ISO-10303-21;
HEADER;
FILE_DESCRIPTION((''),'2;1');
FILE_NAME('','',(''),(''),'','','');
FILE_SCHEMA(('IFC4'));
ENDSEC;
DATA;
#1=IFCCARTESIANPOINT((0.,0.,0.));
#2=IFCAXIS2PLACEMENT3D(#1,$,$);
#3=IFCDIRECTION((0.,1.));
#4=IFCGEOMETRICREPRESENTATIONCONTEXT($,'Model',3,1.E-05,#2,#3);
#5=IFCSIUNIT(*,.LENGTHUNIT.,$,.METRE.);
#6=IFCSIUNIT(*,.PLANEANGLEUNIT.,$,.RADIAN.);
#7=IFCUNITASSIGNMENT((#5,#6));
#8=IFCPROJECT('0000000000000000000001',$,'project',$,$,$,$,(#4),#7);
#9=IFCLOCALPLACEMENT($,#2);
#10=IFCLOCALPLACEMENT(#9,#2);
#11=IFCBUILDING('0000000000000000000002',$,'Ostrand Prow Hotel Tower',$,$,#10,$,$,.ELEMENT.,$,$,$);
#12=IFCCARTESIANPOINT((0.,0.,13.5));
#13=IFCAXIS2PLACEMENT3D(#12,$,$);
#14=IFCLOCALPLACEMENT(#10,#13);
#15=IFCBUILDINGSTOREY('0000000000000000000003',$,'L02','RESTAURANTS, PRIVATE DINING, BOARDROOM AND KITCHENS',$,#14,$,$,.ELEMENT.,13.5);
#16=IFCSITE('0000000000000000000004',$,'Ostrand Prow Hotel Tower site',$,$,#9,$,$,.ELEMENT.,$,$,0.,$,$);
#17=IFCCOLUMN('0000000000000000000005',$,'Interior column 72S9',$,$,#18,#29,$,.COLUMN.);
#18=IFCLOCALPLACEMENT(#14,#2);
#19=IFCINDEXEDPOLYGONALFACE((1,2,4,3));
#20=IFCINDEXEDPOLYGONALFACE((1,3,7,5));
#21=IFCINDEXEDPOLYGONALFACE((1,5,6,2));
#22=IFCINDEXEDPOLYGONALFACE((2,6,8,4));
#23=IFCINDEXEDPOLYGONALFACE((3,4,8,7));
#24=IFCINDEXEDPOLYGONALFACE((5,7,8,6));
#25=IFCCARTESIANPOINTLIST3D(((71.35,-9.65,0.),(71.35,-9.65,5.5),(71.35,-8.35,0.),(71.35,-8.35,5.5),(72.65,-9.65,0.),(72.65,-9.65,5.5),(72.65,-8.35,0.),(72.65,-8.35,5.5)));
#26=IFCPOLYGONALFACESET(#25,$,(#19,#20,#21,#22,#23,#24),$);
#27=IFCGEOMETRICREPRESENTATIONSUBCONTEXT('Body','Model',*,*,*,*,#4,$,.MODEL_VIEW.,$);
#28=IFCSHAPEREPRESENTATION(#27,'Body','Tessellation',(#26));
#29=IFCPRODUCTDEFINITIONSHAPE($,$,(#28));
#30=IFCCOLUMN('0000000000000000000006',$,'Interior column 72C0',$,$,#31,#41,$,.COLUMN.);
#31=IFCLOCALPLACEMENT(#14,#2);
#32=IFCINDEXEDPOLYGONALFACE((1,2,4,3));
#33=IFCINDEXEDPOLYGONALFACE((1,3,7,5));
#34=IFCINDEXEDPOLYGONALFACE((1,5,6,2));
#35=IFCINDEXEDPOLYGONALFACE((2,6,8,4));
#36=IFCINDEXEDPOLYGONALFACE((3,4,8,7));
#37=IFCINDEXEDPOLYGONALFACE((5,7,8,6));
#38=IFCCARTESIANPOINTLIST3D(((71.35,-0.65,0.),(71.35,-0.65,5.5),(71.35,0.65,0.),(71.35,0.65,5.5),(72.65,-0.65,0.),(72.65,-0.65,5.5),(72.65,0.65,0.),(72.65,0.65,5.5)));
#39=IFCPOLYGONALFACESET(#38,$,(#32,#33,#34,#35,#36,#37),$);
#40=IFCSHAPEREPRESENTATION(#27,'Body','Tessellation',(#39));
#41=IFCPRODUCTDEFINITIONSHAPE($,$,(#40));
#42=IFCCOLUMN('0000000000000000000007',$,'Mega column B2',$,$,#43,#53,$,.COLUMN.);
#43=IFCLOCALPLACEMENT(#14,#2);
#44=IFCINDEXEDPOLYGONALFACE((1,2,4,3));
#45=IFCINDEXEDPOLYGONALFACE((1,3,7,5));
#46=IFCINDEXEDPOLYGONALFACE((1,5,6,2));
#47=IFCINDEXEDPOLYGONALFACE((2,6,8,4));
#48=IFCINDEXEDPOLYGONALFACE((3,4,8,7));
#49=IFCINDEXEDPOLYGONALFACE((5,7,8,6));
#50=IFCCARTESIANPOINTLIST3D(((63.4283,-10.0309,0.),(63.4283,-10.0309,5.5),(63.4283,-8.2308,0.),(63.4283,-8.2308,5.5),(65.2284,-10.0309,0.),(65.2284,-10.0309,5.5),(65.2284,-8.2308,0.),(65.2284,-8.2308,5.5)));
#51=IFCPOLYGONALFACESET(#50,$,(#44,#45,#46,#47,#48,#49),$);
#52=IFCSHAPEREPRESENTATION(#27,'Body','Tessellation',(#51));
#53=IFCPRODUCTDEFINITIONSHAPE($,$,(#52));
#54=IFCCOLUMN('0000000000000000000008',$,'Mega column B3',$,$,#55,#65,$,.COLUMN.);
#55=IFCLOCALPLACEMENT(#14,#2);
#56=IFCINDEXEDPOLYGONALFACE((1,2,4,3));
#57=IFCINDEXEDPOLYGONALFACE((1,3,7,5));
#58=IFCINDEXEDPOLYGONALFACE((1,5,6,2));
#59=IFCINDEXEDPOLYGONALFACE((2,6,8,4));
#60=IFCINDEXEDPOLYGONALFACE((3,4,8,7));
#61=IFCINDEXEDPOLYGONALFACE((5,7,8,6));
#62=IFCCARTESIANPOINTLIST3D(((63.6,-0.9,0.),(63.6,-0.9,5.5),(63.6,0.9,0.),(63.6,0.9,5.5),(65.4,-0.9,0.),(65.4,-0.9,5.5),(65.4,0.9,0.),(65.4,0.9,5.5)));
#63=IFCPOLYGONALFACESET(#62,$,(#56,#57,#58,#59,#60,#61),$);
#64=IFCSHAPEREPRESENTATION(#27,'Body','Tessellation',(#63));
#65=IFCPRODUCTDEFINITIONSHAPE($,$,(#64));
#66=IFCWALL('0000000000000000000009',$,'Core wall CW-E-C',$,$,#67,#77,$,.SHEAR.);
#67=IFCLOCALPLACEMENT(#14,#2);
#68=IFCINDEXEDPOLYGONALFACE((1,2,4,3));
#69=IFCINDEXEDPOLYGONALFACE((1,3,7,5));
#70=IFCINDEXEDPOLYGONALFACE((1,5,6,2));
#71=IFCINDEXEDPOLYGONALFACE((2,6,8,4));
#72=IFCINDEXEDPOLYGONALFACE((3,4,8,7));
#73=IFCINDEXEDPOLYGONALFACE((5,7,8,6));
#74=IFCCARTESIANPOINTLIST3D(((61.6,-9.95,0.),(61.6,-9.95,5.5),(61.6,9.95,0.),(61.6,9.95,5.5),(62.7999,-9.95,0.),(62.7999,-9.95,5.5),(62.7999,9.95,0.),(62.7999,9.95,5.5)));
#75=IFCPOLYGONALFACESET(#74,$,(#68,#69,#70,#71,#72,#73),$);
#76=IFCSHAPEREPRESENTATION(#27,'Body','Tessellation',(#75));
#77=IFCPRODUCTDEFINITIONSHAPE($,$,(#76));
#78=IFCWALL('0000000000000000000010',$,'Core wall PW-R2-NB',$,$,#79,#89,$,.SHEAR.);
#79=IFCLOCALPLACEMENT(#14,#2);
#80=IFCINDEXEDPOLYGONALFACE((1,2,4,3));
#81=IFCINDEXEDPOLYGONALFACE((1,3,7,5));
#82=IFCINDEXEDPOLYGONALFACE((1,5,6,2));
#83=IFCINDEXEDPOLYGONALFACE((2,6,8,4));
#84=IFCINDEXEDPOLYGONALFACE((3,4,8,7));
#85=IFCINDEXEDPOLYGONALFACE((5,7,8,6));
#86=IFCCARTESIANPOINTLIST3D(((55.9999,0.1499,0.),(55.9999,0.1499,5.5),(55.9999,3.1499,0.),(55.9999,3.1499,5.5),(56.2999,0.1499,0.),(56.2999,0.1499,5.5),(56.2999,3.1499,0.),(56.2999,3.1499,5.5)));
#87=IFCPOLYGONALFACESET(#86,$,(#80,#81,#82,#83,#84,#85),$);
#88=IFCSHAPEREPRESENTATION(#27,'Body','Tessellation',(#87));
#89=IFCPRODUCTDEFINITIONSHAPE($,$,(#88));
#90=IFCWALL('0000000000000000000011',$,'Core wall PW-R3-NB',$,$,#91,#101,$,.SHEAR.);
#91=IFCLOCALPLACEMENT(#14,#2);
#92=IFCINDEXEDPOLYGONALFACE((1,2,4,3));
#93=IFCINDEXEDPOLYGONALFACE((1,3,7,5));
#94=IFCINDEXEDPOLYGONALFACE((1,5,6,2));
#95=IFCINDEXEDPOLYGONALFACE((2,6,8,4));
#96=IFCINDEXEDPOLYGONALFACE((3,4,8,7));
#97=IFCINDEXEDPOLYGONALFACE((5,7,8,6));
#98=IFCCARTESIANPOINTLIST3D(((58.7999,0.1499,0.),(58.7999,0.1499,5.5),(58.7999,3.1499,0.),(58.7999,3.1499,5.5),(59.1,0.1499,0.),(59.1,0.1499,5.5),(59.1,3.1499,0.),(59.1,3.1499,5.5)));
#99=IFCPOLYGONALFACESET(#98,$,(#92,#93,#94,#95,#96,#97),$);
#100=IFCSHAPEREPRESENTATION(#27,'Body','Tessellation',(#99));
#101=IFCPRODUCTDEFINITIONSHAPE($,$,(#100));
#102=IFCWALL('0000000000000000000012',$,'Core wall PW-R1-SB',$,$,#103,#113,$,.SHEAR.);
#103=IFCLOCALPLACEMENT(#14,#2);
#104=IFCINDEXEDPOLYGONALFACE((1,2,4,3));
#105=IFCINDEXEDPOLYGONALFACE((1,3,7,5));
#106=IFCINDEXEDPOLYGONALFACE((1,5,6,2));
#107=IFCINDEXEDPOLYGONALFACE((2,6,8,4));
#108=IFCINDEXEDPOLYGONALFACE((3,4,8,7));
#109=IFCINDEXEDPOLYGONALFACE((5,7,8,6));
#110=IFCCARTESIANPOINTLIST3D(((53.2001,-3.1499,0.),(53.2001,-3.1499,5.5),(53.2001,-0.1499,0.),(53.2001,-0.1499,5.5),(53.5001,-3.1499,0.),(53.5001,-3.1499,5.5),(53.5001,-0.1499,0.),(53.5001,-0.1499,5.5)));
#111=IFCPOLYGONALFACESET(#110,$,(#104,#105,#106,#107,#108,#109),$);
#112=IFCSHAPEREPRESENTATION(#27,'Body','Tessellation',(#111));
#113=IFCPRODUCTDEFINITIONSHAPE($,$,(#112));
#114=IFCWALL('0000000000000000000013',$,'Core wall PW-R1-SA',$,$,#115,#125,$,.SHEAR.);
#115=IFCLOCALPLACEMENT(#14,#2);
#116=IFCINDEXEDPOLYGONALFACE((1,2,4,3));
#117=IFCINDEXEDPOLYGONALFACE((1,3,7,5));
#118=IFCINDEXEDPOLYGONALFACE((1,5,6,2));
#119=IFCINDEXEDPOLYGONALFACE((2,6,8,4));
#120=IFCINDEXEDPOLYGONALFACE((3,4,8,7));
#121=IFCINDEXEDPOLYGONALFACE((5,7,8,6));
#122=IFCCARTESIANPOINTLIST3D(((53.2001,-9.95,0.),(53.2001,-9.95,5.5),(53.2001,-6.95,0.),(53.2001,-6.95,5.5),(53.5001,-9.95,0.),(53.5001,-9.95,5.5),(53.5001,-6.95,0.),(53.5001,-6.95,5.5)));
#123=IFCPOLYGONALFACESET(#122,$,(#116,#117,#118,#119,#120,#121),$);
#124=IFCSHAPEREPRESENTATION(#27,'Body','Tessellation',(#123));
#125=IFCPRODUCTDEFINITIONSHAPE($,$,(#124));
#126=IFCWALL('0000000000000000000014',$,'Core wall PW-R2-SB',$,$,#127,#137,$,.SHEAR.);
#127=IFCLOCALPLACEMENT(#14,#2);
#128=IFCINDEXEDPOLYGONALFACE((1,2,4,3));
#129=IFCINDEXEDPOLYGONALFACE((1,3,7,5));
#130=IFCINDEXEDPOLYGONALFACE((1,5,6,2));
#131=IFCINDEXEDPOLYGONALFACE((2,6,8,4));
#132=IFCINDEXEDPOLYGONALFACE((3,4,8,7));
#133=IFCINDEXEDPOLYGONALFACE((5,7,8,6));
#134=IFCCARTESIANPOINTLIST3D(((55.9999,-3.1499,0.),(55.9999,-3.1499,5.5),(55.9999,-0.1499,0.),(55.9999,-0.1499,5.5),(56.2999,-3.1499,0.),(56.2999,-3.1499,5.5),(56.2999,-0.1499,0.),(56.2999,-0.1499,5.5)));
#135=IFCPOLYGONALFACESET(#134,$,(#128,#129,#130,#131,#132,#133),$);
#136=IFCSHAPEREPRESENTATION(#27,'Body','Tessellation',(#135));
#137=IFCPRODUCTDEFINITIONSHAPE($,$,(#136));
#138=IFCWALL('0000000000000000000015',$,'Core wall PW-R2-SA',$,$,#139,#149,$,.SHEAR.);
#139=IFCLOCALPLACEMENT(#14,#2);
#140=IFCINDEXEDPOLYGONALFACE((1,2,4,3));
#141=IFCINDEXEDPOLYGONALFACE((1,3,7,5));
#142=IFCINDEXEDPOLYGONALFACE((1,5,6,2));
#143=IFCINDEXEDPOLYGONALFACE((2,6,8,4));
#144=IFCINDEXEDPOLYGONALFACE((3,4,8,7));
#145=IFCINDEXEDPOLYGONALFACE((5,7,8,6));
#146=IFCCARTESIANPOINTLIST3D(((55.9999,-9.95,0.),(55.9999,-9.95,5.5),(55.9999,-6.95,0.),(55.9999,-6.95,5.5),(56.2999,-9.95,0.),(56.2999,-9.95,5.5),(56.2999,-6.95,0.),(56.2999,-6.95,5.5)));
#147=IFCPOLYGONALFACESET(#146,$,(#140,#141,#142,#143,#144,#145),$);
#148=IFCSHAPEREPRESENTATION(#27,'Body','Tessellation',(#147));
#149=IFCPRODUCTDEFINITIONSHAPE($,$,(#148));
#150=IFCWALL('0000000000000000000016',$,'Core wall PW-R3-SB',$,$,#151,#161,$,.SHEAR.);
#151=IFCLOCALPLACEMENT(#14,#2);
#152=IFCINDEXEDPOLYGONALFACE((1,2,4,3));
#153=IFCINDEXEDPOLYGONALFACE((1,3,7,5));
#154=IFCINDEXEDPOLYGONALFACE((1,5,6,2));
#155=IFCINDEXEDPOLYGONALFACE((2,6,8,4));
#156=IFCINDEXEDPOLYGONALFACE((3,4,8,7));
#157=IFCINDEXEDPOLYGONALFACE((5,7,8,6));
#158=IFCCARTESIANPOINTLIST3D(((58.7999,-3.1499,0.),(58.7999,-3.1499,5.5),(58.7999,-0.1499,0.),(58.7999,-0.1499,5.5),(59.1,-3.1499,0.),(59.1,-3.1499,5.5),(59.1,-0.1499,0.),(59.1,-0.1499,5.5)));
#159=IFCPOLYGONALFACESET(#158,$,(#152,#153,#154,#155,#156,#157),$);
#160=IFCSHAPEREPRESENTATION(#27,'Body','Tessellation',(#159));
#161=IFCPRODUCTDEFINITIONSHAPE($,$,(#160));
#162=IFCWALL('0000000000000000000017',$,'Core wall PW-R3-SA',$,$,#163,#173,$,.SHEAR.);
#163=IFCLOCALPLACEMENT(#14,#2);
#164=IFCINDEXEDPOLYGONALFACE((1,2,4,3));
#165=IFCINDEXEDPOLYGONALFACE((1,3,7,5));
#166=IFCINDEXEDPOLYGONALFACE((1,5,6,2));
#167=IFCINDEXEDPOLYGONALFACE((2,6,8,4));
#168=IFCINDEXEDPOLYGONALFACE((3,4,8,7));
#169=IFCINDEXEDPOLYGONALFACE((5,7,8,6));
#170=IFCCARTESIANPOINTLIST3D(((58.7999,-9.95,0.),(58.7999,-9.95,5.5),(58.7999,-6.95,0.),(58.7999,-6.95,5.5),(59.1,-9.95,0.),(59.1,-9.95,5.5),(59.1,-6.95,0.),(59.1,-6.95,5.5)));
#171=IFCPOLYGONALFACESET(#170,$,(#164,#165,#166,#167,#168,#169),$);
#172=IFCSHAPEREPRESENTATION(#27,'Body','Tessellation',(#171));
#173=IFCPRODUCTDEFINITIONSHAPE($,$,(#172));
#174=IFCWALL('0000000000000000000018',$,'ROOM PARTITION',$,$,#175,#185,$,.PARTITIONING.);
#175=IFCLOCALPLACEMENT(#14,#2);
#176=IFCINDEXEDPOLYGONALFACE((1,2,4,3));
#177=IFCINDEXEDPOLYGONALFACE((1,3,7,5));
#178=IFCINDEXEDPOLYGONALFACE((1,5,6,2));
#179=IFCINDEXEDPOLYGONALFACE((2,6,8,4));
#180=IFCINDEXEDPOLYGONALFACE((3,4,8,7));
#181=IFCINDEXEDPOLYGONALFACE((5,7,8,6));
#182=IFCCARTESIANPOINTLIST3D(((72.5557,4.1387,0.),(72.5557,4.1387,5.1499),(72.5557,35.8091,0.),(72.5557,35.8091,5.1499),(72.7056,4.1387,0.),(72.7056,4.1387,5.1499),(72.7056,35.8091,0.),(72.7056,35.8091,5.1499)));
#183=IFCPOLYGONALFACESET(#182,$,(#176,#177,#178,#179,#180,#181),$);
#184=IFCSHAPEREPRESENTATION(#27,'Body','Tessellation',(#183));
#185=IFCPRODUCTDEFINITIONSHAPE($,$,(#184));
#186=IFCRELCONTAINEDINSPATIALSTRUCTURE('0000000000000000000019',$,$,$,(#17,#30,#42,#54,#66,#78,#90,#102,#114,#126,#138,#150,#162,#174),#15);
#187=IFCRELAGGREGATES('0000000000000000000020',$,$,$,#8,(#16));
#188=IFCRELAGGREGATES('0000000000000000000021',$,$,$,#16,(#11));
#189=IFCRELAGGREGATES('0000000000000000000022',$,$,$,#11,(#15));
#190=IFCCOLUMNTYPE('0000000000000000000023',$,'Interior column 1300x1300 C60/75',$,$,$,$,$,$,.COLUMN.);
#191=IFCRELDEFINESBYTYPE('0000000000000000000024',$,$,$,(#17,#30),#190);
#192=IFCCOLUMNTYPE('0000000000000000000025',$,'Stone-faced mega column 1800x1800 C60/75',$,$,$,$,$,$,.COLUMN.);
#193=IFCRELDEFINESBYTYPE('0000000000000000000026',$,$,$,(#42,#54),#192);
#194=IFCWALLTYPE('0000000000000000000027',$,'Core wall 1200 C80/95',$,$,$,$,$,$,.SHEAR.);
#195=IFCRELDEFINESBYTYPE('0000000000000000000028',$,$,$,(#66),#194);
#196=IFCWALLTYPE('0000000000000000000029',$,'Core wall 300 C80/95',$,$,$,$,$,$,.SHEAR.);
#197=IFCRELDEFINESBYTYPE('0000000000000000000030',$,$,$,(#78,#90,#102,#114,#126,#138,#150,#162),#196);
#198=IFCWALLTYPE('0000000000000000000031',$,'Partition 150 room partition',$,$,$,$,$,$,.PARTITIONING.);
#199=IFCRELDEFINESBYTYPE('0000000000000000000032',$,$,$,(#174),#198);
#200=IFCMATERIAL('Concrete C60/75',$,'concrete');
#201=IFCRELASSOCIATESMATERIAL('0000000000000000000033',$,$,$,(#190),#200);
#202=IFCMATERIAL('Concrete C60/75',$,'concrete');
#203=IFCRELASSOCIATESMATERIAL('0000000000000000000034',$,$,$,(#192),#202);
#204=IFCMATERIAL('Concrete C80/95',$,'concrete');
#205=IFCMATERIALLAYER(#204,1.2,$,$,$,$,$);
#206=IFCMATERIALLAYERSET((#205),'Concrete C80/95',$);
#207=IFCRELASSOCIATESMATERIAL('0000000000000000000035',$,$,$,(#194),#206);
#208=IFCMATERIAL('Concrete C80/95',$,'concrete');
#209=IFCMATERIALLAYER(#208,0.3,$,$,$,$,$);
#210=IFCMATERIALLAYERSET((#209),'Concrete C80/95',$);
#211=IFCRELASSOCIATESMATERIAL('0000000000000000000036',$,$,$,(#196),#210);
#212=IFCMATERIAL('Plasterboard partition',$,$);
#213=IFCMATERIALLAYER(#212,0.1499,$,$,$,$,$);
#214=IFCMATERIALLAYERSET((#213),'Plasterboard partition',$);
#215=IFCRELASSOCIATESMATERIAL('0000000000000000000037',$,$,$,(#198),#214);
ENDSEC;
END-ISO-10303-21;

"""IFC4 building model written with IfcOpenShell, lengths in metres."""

from ifc_helpers import new_model, si_unit, direction, frame, frame_2d, origin, origin_2d, place, context, subcontext, project, spatial, rectangle, extrude, material, layer, layer_set, material_profile, profile_set, type_object, element, save


model = new_model("IFC4")

# Units and contexts
model_context = context("Model", 3, precision=1e-05, world=origin(), true_north=direction((0.0, 1.0)))
body_context = subcontext(model_context, "Body", "Model", "MODEL_VIEW")
ifc_project = project(units=[si_unit("LENGTHUNIT", "METRE"), si_unit("PLANEANGLEUNIT", "RADIAN")], contexts=[model_context])

# Site, building, storey
site_placement = place(None, origin())
site = spatial("IfcSite", under=ifc_project, at=site_placement, Name="Ostrand Prow Hotel Tower site", CompositionType="ELEMENT", RefElevation=0.0)
building_placement = place(site_placement, origin())
building = spatial("IfcBuilding", under=site, at=building_placement, Name="Ostrand Prow Hotel Tower", CompositionType="ELEMENT")
storey_placement = place(building_placement, frame((0.0, 0.0, 13.5)))
storey = spatial("IfcBuildingStorey", under=building, at=storey_placement, Name="L02", Description="RESTAURANTS, PRIVATE DINING, BOARDROOM AND KITCHENS", CompositionType="ELEMENT", Elevation=13.5)

# Columns
ifc_material_1 = material(Name="Concrete C60/75", Category="concrete")
ifc_material_profile_1 = material_profile(ifc_material_1, rectangle(XDim=1.3, YDim=1.3, at=origin_2d()), Name="RC 1300x1300")
ifc_profile_set_1 = profile_set([ifc_material_profile_1], Name="Concrete C60/75")
column_type_1 = type_object("IfcColumnType", Name="Interior column 1300x1300 C60/75", PredefinedType="COLUMN", material=ifc_profile_set_1)
for number, where, z_axis, x_axis, name in (
    (1, (72.0, -9.0, 0.0), (0.0, 0.0, 1.0), (1.0, 0.0, 0.0), "Interior column 72S9"),
    (2, (72.0, 0.0, 0.0), (0.0, 0.0, 1.0), (1.0, 0.0, 0.0), "Interior column 72C0"),
):
    element("IfcColumn", number, at=place(storey_placement, frame(where, z_axis=z_axis, x_axis=x_axis)), inside=storey, type_object=column_type_1, Name=name, PredefinedType="COLUMN", context=body_context, shape_type="SweptSolid", body=[
        extrude(rectangle(XDim=1.3, YDim=1.3, at=origin_2d()), origin(), (0.0, 0.0, 1.0), 5.5),
    ])
ifc_material_2 = material(Name="Concrete C60/75", Category="concrete")
ifc_material_profile_2 = material_profile(ifc_material_2, rectangle(XDim=1.8, YDim=1.8, at=origin_2d()), Name="RC 1800x1800")
ifc_profile_set_2 = profile_set([ifc_material_profile_2], Name="Concrete C60/75")
column_type_2 = type_object("IfcColumnType", Name="Stone-faced mega column 1800x1800 C60/75", PredefinedType="COLUMN", material=ifc_profile_set_2)
for number, where, z_axis, x_axis, name in (
    (3, (64.3284, -9.1309, 0.0), (0.0, 0.0, 1.0), (1.0, 0.0, 0.0), "Mega column B2"),
    (4, (64.5, 0.0, 0.0), (0.0, 0.0, 1.0), (1.0, 0.0, 0.0), "Mega column B3"),
):
    element("IfcColumn", number, at=place(storey_placement, frame(where, z_axis=z_axis, x_axis=x_axis)), inside=storey, type_object=column_type_2, Name=name, PredefinedType="COLUMN", context=body_context, shape_type="SweptSolid", body=[
        extrude(rectangle(XDim=1.8, YDim=1.8, at=origin_2d()), origin(), (0.0, 0.0, 1.0), 5.5),
    ])

# Walls
ifc_material_3 = material(Name="Concrete C80/95", Category="concrete")
ifc_layer_1 = layer(ifc_material_3, 1.2)
ifc_layer_set_1 = layer_set([ifc_layer_1], Name="Concrete C80/95")
wall_type_1 = type_object("IfcWallType", Name="Core wall 1200 C80/95", PredefinedType="SHEAR", material=ifc_layer_set_1)
wall_1_placement = place(storey_placement, frame((62.2, -9.95, 0.0), z_axis=(0.0, 0.0, 1.0), x_axis=(0.0, 1.0, 0.0)))
element("IfcWall", 5, at=wall_1_placement, inside=storey, type_object=wall_type_1, Name="Core wall CW-E-C", PredefinedType="SHEAR", context=body_context, shape_type="SweptSolid", body=[
    extrude(rectangle(XDim=19.8999, YDim=1.2, at=frame_2d((9.95, 0.0))), origin(), (0.0, 0.0, 1.0), 5.5),
])
ifc_material_4 = material(Name="Concrete C80/95", Category="concrete")
ifc_layer_2 = layer(ifc_material_4, 0.3)
ifc_layer_set_2 = layer_set([ifc_layer_2], Name="Concrete C80/95")
wall_type_2 = type_object("IfcWallType", Name="Core wall 300 C80/95", PredefinedType="SHEAR", material=ifc_layer_set_2)
for number, where, z_axis, x_axis, name in (
    (6, (56.1499, 0.1499, 0.0), (0.0, 0.0, 1.0), (0.0, 1.0, 0.0), "Core wall PW-R2-NB"),
    (7, (58.95, 0.1499, 0.0), (0.0, 0.0, 1.0), (0.0, 1.0, 0.0), "Core wall PW-R3-NB"),
    (8, (53.3501, -3.1499, 0.0), (0.0, 0.0, 1.0), (0.0, 1.0, 0.0), "Core wall PW-R1-SB"),
    (9, (53.3501, -9.95, 0.0), (0.0, 0.0, 1.0), (0.0, 1.0, 0.0), "Core wall PW-R1-SA"),
    (10, (56.1499, -3.1499, 0.0), (0.0, 0.0, 1.0), (0.0, 1.0, 0.0), "Core wall PW-R2-SB"),
    (11, (56.1499, -9.95, 0.0), (0.0, 0.0, 1.0), (0.0, 1.0, 0.0), "Core wall PW-R2-SA"),
    (12, (58.95, -3.1499, 0.0), (0.0, 0.0, 1.0), (0.0, 1.0, 0.0), "Core wall PW-R3-SB"),
    (13, (58.95, -9.95, 0.0), (0.0, 0.0, 1.0), (0.0, 1.0, 0.0), "Core wall PW-R3-SA"),
):
    element("IfcWall", number, at=place(storey_placement, frame(where, z_axis=z_axis, x_axis=x_axis)), inside=storey, type_object=wall_type_2, Name=name, PredefinedType="SHEAR", context=body_context, shape_type="SweptSolid", body=[
        extrude(rectangle(XDim=3.0, YDim=0.3, at=frame_2d((1.5, 0.0))), origin(), (0.0, 0.0, 1.0), 5.5),
    ])
ifc_material_5 = material(Name="Plasterboard partition")
ifc_layer_3 = layer(ifc_material_5, 0.1499)
ifc_layer_set_3 = layer_set([ifc_layer_3], Name="Plasterboard partition")
wall_type_3 = type_object("IfcWallType", Name="Partition 150 room partition", PredefinedType="PARTITIONING", material=ifc_layer_set_3)
wall_2_placement = place(storey_placement, frame((72.6306, 4.1387, 0.0), z_axis=(0.0, 0.0, 1.0), x_axis=(0.0, 1.0, 0.0)))
element("IfcWall", 14, at=wall_2_placement, inside=storey, type_object=wall_type_3, Name="ROOM PARTITION", PredefinedType="PARTITIONING", context=body_context, shape_type="SweptSolid", body=[
    extrude(rectangle(XDim=31.6704, YDim=0.1499, at=frame_2d((15.8352, 0.0))), origin(), (0.0, 0.0, 1.0), 5.1499),
])

save(model, "model.ifc")
